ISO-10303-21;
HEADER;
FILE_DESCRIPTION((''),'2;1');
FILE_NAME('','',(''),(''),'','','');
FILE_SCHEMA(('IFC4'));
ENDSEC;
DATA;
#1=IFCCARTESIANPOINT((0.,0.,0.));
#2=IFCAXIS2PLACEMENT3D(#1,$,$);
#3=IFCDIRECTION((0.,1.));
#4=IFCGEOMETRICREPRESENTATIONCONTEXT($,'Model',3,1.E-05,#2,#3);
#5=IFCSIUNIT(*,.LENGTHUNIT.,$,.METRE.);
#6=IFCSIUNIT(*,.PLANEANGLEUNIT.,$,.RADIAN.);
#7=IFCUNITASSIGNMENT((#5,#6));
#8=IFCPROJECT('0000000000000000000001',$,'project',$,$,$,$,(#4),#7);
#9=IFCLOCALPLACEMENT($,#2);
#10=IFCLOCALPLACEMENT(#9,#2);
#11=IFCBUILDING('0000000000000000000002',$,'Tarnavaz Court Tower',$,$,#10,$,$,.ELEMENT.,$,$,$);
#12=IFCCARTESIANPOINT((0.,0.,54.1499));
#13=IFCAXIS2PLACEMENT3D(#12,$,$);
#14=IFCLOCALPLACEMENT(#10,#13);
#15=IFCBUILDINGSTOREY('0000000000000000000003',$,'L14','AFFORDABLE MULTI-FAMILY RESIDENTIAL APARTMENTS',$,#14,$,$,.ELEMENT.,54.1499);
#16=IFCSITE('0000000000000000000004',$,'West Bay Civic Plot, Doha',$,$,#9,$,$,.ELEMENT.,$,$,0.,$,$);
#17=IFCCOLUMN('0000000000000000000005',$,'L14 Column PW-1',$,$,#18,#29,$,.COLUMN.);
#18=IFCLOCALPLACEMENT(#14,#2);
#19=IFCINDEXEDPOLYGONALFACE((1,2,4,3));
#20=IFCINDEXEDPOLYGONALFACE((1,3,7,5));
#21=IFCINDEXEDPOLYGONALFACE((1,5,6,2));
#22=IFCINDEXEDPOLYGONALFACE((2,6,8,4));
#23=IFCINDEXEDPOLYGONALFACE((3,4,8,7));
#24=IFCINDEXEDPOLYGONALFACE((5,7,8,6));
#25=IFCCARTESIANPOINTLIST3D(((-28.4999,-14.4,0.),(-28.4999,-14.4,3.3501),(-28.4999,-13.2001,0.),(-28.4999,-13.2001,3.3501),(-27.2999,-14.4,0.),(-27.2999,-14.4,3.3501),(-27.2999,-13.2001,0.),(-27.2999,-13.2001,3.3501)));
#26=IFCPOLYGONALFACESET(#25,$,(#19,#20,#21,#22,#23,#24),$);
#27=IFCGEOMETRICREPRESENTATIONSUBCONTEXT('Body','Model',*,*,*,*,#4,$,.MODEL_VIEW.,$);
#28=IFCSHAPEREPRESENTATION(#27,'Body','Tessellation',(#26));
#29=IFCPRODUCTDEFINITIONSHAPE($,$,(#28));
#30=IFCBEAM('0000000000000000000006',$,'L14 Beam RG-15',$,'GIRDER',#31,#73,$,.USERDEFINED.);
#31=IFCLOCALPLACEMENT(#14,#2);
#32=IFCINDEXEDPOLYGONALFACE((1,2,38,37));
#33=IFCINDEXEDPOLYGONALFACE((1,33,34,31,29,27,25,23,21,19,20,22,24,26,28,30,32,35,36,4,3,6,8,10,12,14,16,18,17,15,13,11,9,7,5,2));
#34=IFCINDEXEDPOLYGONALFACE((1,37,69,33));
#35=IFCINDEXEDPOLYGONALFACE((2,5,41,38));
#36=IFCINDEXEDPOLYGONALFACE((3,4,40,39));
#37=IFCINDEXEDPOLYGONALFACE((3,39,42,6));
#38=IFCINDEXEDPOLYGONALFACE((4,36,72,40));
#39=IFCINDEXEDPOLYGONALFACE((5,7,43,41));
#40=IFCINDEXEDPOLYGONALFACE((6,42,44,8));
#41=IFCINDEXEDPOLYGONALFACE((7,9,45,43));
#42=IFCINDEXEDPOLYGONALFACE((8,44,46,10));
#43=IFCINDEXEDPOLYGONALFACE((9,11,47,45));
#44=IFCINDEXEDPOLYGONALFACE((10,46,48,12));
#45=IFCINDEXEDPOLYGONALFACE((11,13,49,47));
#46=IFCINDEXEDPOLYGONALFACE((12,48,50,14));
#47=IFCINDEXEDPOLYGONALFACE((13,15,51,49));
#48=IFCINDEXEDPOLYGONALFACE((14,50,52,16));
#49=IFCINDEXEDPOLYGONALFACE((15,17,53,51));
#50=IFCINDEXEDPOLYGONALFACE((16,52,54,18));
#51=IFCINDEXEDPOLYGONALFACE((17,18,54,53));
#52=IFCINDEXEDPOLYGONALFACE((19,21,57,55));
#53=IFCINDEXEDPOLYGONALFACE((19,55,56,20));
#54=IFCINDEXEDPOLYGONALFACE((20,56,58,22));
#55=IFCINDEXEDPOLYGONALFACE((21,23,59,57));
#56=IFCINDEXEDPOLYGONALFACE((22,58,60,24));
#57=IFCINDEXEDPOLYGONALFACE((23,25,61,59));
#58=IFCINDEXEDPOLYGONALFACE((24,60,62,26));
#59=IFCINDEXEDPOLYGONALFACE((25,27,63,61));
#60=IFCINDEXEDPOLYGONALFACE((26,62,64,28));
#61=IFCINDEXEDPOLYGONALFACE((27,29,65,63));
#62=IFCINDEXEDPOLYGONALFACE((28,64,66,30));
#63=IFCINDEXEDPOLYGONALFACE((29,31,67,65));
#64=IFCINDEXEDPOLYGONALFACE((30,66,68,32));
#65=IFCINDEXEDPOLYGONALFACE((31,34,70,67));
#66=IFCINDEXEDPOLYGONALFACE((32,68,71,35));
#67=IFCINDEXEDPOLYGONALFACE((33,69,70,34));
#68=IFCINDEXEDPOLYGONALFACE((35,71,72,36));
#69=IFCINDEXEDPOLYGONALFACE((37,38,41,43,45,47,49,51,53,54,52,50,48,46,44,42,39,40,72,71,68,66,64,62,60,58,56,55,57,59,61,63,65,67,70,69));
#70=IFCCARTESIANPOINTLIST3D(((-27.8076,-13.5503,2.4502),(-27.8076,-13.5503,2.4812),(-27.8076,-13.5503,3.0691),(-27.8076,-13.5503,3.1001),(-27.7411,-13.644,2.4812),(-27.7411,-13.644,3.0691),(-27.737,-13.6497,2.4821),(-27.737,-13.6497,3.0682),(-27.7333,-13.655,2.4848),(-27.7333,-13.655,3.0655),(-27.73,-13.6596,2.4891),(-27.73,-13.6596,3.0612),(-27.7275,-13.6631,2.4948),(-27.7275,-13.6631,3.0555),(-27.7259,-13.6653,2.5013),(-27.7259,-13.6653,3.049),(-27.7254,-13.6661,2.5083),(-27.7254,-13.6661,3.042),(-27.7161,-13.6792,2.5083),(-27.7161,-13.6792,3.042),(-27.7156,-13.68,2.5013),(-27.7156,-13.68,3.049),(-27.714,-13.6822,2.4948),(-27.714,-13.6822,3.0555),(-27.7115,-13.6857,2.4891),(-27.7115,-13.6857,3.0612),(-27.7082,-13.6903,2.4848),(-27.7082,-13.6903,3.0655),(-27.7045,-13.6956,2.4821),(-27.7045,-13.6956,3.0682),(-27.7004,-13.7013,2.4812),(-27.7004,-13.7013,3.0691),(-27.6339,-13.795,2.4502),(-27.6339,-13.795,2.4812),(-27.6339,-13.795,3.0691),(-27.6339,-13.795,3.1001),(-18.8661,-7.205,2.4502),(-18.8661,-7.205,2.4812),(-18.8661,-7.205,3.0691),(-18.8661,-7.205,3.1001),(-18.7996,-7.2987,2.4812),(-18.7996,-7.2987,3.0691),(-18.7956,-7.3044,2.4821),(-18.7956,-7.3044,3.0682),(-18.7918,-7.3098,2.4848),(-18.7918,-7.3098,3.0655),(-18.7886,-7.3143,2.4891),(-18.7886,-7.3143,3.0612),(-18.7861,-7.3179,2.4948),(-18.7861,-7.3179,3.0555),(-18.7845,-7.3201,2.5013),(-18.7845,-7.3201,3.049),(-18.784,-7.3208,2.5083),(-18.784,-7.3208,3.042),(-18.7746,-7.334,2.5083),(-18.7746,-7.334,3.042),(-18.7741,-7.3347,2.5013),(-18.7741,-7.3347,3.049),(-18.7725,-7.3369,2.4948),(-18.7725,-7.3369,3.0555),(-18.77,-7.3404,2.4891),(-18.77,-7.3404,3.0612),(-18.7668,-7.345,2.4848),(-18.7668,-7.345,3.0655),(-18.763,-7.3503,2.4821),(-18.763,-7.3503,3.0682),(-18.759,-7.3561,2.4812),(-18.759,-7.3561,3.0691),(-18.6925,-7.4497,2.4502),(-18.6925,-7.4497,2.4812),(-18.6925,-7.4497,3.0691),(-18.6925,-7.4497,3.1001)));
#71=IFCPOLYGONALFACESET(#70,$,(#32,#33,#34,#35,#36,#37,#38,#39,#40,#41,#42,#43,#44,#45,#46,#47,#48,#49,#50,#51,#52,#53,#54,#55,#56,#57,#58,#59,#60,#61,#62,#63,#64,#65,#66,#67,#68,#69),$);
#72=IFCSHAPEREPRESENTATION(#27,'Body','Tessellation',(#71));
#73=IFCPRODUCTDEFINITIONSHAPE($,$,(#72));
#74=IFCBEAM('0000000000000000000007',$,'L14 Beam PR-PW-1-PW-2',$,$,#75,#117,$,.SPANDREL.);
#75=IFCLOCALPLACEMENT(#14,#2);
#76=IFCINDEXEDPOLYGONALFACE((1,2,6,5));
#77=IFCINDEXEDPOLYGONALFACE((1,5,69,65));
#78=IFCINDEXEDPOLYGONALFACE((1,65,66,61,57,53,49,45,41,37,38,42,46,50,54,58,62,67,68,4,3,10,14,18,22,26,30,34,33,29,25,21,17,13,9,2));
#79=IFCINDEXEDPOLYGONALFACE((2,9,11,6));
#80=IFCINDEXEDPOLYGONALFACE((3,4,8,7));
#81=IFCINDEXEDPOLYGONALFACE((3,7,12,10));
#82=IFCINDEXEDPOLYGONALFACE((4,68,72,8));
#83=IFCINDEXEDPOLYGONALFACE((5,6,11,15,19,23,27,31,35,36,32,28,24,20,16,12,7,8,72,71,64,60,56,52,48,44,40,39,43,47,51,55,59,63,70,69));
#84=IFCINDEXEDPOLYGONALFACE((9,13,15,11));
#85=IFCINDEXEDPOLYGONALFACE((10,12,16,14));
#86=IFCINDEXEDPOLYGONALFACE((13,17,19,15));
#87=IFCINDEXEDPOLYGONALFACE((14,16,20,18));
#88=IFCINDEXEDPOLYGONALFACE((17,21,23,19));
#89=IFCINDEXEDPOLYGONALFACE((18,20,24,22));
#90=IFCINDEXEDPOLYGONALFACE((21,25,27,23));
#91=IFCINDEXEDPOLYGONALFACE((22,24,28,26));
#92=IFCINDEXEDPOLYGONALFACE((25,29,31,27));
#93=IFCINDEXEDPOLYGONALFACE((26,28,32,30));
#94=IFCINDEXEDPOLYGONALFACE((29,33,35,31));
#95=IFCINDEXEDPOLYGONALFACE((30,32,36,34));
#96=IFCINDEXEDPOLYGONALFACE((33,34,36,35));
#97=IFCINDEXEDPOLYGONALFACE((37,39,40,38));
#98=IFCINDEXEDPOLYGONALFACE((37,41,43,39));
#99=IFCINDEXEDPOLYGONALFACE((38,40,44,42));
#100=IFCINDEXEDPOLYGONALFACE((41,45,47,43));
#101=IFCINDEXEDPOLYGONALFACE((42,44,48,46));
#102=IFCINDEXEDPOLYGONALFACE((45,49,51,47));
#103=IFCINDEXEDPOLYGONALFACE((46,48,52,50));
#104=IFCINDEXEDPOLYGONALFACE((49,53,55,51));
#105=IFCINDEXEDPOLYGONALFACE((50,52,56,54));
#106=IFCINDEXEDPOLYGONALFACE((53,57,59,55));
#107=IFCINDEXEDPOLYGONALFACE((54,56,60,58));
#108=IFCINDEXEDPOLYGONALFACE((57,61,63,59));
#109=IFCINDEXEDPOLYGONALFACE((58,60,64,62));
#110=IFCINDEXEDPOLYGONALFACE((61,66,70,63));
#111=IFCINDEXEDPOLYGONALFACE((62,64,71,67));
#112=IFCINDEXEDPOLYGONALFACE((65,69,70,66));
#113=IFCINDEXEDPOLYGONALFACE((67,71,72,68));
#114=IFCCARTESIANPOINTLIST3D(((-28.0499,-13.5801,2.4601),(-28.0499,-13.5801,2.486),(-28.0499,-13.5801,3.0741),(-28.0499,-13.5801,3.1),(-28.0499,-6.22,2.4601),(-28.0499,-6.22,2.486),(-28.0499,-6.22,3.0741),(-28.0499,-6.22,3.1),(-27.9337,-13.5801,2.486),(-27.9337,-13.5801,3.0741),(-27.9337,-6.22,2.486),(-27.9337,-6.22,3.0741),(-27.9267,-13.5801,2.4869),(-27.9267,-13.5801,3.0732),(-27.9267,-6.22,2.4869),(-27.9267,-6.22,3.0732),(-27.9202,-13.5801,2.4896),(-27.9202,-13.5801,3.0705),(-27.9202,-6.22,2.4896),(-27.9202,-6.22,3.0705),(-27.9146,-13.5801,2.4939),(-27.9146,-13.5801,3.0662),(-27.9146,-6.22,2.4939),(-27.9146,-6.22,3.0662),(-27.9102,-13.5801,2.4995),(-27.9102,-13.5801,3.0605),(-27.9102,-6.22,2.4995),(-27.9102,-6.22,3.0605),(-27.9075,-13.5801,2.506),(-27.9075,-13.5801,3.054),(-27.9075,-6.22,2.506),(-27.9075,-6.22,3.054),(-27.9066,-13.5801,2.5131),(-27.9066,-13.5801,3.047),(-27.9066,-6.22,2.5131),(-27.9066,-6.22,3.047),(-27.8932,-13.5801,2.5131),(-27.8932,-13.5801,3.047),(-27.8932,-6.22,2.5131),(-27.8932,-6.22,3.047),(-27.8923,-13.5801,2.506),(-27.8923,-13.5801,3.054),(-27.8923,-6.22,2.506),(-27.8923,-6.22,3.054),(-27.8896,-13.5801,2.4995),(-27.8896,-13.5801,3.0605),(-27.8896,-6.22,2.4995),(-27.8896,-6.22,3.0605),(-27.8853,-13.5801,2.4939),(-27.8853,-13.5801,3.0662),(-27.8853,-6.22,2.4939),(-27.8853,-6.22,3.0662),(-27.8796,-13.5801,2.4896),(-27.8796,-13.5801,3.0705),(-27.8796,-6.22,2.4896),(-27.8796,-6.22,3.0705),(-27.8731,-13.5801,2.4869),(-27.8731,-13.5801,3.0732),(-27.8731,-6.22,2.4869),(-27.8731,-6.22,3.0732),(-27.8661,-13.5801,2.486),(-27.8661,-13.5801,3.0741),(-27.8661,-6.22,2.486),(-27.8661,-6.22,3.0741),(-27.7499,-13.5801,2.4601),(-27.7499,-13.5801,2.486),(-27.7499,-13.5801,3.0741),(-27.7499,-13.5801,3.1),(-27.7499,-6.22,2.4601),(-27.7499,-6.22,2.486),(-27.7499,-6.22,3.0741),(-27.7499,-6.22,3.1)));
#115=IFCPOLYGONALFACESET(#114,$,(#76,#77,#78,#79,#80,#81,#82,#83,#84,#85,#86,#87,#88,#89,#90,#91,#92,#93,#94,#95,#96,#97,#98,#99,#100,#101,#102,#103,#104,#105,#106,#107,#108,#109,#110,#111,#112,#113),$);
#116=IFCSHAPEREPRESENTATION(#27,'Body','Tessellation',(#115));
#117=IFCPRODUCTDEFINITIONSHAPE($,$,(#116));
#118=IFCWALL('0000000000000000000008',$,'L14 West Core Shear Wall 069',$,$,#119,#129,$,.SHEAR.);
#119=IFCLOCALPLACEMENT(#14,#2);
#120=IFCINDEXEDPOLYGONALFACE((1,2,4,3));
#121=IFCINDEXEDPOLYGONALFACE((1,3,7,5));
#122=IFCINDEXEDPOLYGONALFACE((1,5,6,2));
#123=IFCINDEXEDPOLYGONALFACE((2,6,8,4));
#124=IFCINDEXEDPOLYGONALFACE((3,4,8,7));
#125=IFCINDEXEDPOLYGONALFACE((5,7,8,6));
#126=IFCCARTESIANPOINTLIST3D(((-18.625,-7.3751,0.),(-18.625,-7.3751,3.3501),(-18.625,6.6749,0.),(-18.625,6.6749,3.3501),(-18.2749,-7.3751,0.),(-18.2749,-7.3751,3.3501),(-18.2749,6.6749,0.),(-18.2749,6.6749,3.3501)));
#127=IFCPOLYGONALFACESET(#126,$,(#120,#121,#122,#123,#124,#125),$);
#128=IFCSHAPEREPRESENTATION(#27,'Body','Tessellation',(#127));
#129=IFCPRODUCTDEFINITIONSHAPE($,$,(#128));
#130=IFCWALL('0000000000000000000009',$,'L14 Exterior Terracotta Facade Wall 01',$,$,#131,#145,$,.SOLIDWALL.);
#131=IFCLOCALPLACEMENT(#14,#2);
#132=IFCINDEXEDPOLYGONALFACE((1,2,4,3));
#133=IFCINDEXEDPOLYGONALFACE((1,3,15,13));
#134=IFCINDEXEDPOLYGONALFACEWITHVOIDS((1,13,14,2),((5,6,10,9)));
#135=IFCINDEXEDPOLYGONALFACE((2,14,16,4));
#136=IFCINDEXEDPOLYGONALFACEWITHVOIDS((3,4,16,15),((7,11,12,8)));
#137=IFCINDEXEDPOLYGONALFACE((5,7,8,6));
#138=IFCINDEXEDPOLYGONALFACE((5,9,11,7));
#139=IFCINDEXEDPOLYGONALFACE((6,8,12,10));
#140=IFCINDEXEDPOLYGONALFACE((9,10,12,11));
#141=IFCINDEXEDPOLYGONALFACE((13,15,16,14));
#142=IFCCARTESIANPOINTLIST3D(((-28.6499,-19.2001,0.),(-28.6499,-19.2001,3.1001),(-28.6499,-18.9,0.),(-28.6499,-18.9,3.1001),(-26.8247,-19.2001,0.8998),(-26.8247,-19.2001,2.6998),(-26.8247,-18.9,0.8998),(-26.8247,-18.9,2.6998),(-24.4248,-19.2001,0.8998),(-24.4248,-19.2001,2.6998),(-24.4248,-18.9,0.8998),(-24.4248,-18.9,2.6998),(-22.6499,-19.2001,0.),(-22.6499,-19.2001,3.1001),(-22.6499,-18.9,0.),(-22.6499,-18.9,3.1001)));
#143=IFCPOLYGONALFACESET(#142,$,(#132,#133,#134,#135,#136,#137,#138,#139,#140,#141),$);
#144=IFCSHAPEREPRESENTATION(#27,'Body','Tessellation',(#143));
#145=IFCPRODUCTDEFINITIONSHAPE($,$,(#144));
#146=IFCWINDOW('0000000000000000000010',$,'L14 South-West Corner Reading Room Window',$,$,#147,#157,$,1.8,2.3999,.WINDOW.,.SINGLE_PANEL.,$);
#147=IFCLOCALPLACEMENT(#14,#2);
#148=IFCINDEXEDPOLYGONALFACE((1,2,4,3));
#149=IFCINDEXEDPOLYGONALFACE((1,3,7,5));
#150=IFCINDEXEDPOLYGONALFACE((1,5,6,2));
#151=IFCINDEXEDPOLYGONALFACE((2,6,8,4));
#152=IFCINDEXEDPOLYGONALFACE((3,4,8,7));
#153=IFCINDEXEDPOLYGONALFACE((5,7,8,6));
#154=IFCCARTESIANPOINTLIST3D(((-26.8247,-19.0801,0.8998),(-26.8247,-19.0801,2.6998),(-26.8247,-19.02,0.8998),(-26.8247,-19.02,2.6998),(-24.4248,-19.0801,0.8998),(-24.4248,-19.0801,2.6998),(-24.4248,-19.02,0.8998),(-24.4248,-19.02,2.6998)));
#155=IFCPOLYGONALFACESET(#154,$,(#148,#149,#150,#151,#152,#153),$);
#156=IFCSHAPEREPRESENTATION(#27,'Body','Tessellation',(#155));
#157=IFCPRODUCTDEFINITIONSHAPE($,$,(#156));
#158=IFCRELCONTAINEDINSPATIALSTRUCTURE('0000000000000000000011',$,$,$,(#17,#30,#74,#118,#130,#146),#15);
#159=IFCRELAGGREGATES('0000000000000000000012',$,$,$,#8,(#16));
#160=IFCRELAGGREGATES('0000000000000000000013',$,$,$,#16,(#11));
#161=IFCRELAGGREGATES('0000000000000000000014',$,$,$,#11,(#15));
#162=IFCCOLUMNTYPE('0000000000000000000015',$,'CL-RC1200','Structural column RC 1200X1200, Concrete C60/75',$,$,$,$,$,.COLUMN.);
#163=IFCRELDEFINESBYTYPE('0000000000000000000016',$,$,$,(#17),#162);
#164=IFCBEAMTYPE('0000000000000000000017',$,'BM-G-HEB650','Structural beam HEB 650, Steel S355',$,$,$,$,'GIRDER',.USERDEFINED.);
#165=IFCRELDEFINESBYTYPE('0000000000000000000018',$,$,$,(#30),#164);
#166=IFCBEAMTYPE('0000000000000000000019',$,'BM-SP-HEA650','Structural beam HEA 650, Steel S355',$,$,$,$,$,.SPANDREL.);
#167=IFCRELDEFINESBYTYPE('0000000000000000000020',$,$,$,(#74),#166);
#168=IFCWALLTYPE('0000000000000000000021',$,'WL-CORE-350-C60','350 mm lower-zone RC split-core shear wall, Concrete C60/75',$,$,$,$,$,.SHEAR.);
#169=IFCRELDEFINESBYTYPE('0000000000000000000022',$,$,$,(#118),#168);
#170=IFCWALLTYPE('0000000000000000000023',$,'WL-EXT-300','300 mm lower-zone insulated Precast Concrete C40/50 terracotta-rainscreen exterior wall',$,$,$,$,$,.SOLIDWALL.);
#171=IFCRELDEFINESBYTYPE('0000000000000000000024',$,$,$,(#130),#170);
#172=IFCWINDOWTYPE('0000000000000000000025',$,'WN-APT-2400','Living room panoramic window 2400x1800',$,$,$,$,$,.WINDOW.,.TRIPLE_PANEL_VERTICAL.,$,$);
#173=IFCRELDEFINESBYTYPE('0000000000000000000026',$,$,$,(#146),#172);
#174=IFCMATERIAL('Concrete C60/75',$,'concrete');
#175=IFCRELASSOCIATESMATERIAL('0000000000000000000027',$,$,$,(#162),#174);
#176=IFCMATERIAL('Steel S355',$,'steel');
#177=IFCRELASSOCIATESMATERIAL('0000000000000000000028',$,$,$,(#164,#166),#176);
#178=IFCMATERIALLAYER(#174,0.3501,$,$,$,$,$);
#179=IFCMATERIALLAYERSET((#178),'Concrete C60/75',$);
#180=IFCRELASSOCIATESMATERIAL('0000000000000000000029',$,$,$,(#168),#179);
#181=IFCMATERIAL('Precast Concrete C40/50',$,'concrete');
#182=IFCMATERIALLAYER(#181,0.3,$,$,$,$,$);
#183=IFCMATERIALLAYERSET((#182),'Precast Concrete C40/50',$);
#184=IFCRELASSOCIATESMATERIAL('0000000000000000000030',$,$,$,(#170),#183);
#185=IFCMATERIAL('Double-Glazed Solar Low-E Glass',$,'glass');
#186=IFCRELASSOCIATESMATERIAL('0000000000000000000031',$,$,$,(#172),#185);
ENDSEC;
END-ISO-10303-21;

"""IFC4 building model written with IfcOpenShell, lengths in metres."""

from ifc_helpers import new_model, si_unit, direction, frame, frame_2d, origin, origin_2d, place, context, subcontext, project, spatial, rectangle, i_section, extrude, material, layer, layer_set, material_profile, profile_set, type_object, element, fill, save


model = new_model("IFC4")

# Units and contexts
model_context = context("Model", 3, precision=1e-05, world=origin(), true_north=direction((0.0, 1.0)))
body_context = subcontext(model_context, "Body", "Model", "MODEL_VIEW")
ifc_project = project(units=[si_unit("LENGTHUNIT", "METRE"), si_unit("PLANEANGLEUNIT", "RADIAN")], contexts=[model_context])

# Site, building, storey
site_placement = place(None, origin())
site = spatial("IfcSite", under=ifc_project, at=site_placement, Name="West Bay Civic Plot, Doha", CompositionType="ELEMENT", RefElevation=0.0)
building_placement = place(site_placement, origin())
building = spatial("IfcBuilding", under=site, at=building_placement, Name="Tarnavaz Court Tower", CompositionType="ELEMENT")
storey_placement = place(building_placement, frame((0.0, 0.0, 54.1499)))
storey = spatial("IfcBuildingStorey", under=building, at=storey_placement, Name="L14", Description="AFFORDABLE MULTI-FAMILY RESIDENTIAL APARTMENTS", CompositionType="ELEMENT", Elevation=54.1499)

# Column
ifc_material_1 = material(Name="Concrete C60/75", Category="concrete")
ifc_material_profile_1 = material_profile(ifc_material_1, rectangle(XDim=1.2, YDim=1.2, at=origin_2d()), Name="RC 1200X1200")
ifc_profile_set_1 = profile_set([ifc_material_profile_1], Name="Concrete C60/75")
column_type = type_object("IfcColumnType", Name="CL-RC1200", Description="Structural column RC 1200X1200, Concrete C60/75", PredefinedType="COLUMN", material=ifc_profile_set_1)
column_placement = place(storey_placement, frame((-27.8999, -13.8, 0.0), z_axis=(0.0, 0.0, 1.0), x_axis=(1.0, 0.0, 0.0)))
element("IfcColumn", 1, at=column_placement, inside=storey, type_object=column_type, Name="L14 Column PW-1", PredefinedType="COLUMN", context=body_context, shape_type="SweptSolid", body=[
    extrude(rectangle(XDim=1.2, YDim=1.2, at=origin_2d()), origin(), (0.0, 0.0, 1.0), 3.3501),
])

# Beams
ifc_material_2 = material(Name="Steel S355", Category="steel")
ifc_material_profile_2 = material_profile(ifc_material_2, i_section(OverallWidth=0.3, OverallDepth=0.6499, WebThickness=0.0161, FlangeThickness=0.031, FilletRadius=0.0271, at=origin_2d()), Name="HEB 650")
ifc_profile_set_2 = profile_set([ifc_material_profile_2], Name="Steel S355")
beam_type_1 = type_object("IfcBeamType", Name="BM-G-HEB650", Description="Structural beam HEB 650, Steel S355", ElementType="GIRDER", PredefinedType="USERDEFINED", material=ifc_profile_set_2)
beam_1_placement = place(storey_placement, frame((-18.7793, -7.3274, 2.7751), z_axis=(-0.81552, -0.578729, 0.0), x_axis=(0.578729, -0.81552, 0.0)))
element("IfcBeam", 2, at=beam_1_placement, inside=storey, type_object=beam_type_1, Name="L14 Beam RG-15", ObjectType="GIRDER", PredefinedType="USERDEFINED", context=body_context, shape_type="SweptSolid", body=[
    extrude(i_section(OverallWidth=0.3, OverallDepth=0.6499, WebThickness=0.0161, FlangeThickness=0.031, FilletRadius=0.0271, at=origin_2d()), origin(), (0.0, 0.0, 1.0), 10.9641),
])
ifc_material_profile_3 = material_profile(ifc_material_2, i_section(OverallWidth=0.3, OverallDepth=0.6399, WebThickness=0.0134, FlangeThickness=0.0259, FilletRadius=0.0271, at=origin_2d()), Name="HEA 650")
ifc_profile_set_3 = profile_set([ifc_material_profile_3], Name="Steel S355")
beam_type_2 = type_object("IfcBeamType", Name="BM-SP-HEA650", Description="Structural beam HEA 650, Steel S355", PredefinedType="SPANDREL", material=ifc_profile_set_3)
beam_2_placement = place(storey_placement, frame((-27.8999, -13.5801, 2.78), z_axis=(0.0, 1.0, 0.0), x_axis=(-1.0, 0.0, 0.0)))
element("IfcBeam", 3, at=beam_2_placement, inside=storey, type_object=beam_type_2, Name="L14 Beam PR-PW-1-PW-2", PredefinedType="SPANDREL", context=body_context, shape_type="SweptSolid", body=[
    extrude(i_section(OverallWidth=0.3, OverallDepth=0.6399, WebThickness=0.0134, FlangeThickness=0.0259, FilletRadius=0.0271, at=origin_2d()), origin(), (0.0, 0.0, 1.0), 7.3601),
])

# Wall
ifc_layer_1 = layer(ifc_material_1, 0.3501)
ifc_layer_set_1 = layer_set([ifc_layer_1], Name="Concrete C60/75")
wall_type_1 = type_object("IfcWallType", Name="WL-CORE-350-C60", Description="350 mm lower-zone RC split-core shear wall, Concrete C60/75", PredefinedType="SHEAR", material=ifc_layer_set_1)
wall_1_placement = place(storey_placement, frame((-18.45, -7.375, 0.0), z_axis=(0.0, 0.0, 1.0), x_axis=(0.0, 1.0, 0.0)))
element("IfcWall", 4, at=wall_1_placement, inside=storey, type_object=wall_type_1, Name="L14 West Core Shear Wall 069", PredefinedType="SHEAR", context=body_context, shape_type="SweptSolid", body=[
    extrude(rectangle(XDim=14.05, YDim=0.3501, at=frame_2d((7.0249, 0.0))), origin(), (0.0, 0.0, 1.0), 3.3501),
])

# Wall, opening, window
ifc_material_3 = material(Name="Precast Concrete C40/50", Category="concrete")
ifc_layer_2 = layer(ifc_material_3, 0.3)
ifc_layer_set_2 = layer_set([ifc_layer_2], Name="Precast Concrete C40/50")
wall_type_2 = type_object("IfcWallType", Name="WL-EXT-300", Description="300 mm lower-zone insulated Precast Concrete C40/50 terracotta-rainscreen exterior wall", PredefinedType="SOLIDWALL", material=ifc_layer_set_2)
wall_2_placement = place(storey_placement, frame((-22.6499, -19.05, 0.0), z_axis=(0.0, 0.0, 1.0), x_axis=(-1.0, 0.0, 0.0)))
wall_2 = element("IfcWall", 5, at=wall_2_placement, inside=storey, type_object=wall_type_2, Name="L14 Exterior Terracotta Facade Wall 01", PredefinedType="SOLIDWALL", context=body_context, shape_type="SweptSolid", body=[
    extrude(rectangle(XDim=6.0, YDim=0.3, at=frame_2d((3.0, 0.0))), origin(), (0.0, 0.0, 1.0), 3.1001),
])
opening_1_placement = place(wall_2_placement, frame((1.7749, 0.0, 0.8999)))
opening_1 = element("IfcOpeningElement", 6, at=opening_1_placement, cuts=wall_2, PredefinedType="OPENING", context=body_context, shape_type="SweptSolid", body=[
    extrude(rectangle(XDim=2.3999, YDim=1.8, at=frame_2d((1.2, 0.8999))), frame((0.0, 0.1599, 0.0), z_axis=(0.0, -1.0, 0.0), x_axis=(1.0, 0.0, 0.0)), (0.0, 0.0, 1.0), 0.3201),
])
ifc_material_4 = material(Name="Double-Glazed Solar Low-E Glass", Category="glass")
window_type_1 = type_object("IfcWindowType", Name="WN-APT-2400", Description="Living room panoramic window 2400x1800", PartitioningType="TRIPLE_PANEL_VERTICAL", PredefinedType="WINDOW", material=ifc_material_4)
window_1_placement = place(opening_1_placement, origin())
window_1 = element("IfcWindow", 7, at=window_1_placement, inside=storey, type_object=window_type_1, Name="L14 South-West Corner Reading Room Window", OverallHeight=1.8, OverallWidth=2.3999, PartitioningType="SINGLE_PANEL", PredefinedType="WINDOW", context=body_context, shape_type="SweptSolid", body=[
    extrude(rectangle(XDim=2.3999, YDim=1.8, at=frame_2d((1.2, 0.8999))), frame((0.0, 0.03, 0.0), z_axis=(0.0, -1.0, 0.0), x_axis=(1.0, 0.0, 0.0)), (0.0, 0.0, 1.0), 0.0601),
])
fill(opening_1, window_1)

save(model, "model.ifc")
